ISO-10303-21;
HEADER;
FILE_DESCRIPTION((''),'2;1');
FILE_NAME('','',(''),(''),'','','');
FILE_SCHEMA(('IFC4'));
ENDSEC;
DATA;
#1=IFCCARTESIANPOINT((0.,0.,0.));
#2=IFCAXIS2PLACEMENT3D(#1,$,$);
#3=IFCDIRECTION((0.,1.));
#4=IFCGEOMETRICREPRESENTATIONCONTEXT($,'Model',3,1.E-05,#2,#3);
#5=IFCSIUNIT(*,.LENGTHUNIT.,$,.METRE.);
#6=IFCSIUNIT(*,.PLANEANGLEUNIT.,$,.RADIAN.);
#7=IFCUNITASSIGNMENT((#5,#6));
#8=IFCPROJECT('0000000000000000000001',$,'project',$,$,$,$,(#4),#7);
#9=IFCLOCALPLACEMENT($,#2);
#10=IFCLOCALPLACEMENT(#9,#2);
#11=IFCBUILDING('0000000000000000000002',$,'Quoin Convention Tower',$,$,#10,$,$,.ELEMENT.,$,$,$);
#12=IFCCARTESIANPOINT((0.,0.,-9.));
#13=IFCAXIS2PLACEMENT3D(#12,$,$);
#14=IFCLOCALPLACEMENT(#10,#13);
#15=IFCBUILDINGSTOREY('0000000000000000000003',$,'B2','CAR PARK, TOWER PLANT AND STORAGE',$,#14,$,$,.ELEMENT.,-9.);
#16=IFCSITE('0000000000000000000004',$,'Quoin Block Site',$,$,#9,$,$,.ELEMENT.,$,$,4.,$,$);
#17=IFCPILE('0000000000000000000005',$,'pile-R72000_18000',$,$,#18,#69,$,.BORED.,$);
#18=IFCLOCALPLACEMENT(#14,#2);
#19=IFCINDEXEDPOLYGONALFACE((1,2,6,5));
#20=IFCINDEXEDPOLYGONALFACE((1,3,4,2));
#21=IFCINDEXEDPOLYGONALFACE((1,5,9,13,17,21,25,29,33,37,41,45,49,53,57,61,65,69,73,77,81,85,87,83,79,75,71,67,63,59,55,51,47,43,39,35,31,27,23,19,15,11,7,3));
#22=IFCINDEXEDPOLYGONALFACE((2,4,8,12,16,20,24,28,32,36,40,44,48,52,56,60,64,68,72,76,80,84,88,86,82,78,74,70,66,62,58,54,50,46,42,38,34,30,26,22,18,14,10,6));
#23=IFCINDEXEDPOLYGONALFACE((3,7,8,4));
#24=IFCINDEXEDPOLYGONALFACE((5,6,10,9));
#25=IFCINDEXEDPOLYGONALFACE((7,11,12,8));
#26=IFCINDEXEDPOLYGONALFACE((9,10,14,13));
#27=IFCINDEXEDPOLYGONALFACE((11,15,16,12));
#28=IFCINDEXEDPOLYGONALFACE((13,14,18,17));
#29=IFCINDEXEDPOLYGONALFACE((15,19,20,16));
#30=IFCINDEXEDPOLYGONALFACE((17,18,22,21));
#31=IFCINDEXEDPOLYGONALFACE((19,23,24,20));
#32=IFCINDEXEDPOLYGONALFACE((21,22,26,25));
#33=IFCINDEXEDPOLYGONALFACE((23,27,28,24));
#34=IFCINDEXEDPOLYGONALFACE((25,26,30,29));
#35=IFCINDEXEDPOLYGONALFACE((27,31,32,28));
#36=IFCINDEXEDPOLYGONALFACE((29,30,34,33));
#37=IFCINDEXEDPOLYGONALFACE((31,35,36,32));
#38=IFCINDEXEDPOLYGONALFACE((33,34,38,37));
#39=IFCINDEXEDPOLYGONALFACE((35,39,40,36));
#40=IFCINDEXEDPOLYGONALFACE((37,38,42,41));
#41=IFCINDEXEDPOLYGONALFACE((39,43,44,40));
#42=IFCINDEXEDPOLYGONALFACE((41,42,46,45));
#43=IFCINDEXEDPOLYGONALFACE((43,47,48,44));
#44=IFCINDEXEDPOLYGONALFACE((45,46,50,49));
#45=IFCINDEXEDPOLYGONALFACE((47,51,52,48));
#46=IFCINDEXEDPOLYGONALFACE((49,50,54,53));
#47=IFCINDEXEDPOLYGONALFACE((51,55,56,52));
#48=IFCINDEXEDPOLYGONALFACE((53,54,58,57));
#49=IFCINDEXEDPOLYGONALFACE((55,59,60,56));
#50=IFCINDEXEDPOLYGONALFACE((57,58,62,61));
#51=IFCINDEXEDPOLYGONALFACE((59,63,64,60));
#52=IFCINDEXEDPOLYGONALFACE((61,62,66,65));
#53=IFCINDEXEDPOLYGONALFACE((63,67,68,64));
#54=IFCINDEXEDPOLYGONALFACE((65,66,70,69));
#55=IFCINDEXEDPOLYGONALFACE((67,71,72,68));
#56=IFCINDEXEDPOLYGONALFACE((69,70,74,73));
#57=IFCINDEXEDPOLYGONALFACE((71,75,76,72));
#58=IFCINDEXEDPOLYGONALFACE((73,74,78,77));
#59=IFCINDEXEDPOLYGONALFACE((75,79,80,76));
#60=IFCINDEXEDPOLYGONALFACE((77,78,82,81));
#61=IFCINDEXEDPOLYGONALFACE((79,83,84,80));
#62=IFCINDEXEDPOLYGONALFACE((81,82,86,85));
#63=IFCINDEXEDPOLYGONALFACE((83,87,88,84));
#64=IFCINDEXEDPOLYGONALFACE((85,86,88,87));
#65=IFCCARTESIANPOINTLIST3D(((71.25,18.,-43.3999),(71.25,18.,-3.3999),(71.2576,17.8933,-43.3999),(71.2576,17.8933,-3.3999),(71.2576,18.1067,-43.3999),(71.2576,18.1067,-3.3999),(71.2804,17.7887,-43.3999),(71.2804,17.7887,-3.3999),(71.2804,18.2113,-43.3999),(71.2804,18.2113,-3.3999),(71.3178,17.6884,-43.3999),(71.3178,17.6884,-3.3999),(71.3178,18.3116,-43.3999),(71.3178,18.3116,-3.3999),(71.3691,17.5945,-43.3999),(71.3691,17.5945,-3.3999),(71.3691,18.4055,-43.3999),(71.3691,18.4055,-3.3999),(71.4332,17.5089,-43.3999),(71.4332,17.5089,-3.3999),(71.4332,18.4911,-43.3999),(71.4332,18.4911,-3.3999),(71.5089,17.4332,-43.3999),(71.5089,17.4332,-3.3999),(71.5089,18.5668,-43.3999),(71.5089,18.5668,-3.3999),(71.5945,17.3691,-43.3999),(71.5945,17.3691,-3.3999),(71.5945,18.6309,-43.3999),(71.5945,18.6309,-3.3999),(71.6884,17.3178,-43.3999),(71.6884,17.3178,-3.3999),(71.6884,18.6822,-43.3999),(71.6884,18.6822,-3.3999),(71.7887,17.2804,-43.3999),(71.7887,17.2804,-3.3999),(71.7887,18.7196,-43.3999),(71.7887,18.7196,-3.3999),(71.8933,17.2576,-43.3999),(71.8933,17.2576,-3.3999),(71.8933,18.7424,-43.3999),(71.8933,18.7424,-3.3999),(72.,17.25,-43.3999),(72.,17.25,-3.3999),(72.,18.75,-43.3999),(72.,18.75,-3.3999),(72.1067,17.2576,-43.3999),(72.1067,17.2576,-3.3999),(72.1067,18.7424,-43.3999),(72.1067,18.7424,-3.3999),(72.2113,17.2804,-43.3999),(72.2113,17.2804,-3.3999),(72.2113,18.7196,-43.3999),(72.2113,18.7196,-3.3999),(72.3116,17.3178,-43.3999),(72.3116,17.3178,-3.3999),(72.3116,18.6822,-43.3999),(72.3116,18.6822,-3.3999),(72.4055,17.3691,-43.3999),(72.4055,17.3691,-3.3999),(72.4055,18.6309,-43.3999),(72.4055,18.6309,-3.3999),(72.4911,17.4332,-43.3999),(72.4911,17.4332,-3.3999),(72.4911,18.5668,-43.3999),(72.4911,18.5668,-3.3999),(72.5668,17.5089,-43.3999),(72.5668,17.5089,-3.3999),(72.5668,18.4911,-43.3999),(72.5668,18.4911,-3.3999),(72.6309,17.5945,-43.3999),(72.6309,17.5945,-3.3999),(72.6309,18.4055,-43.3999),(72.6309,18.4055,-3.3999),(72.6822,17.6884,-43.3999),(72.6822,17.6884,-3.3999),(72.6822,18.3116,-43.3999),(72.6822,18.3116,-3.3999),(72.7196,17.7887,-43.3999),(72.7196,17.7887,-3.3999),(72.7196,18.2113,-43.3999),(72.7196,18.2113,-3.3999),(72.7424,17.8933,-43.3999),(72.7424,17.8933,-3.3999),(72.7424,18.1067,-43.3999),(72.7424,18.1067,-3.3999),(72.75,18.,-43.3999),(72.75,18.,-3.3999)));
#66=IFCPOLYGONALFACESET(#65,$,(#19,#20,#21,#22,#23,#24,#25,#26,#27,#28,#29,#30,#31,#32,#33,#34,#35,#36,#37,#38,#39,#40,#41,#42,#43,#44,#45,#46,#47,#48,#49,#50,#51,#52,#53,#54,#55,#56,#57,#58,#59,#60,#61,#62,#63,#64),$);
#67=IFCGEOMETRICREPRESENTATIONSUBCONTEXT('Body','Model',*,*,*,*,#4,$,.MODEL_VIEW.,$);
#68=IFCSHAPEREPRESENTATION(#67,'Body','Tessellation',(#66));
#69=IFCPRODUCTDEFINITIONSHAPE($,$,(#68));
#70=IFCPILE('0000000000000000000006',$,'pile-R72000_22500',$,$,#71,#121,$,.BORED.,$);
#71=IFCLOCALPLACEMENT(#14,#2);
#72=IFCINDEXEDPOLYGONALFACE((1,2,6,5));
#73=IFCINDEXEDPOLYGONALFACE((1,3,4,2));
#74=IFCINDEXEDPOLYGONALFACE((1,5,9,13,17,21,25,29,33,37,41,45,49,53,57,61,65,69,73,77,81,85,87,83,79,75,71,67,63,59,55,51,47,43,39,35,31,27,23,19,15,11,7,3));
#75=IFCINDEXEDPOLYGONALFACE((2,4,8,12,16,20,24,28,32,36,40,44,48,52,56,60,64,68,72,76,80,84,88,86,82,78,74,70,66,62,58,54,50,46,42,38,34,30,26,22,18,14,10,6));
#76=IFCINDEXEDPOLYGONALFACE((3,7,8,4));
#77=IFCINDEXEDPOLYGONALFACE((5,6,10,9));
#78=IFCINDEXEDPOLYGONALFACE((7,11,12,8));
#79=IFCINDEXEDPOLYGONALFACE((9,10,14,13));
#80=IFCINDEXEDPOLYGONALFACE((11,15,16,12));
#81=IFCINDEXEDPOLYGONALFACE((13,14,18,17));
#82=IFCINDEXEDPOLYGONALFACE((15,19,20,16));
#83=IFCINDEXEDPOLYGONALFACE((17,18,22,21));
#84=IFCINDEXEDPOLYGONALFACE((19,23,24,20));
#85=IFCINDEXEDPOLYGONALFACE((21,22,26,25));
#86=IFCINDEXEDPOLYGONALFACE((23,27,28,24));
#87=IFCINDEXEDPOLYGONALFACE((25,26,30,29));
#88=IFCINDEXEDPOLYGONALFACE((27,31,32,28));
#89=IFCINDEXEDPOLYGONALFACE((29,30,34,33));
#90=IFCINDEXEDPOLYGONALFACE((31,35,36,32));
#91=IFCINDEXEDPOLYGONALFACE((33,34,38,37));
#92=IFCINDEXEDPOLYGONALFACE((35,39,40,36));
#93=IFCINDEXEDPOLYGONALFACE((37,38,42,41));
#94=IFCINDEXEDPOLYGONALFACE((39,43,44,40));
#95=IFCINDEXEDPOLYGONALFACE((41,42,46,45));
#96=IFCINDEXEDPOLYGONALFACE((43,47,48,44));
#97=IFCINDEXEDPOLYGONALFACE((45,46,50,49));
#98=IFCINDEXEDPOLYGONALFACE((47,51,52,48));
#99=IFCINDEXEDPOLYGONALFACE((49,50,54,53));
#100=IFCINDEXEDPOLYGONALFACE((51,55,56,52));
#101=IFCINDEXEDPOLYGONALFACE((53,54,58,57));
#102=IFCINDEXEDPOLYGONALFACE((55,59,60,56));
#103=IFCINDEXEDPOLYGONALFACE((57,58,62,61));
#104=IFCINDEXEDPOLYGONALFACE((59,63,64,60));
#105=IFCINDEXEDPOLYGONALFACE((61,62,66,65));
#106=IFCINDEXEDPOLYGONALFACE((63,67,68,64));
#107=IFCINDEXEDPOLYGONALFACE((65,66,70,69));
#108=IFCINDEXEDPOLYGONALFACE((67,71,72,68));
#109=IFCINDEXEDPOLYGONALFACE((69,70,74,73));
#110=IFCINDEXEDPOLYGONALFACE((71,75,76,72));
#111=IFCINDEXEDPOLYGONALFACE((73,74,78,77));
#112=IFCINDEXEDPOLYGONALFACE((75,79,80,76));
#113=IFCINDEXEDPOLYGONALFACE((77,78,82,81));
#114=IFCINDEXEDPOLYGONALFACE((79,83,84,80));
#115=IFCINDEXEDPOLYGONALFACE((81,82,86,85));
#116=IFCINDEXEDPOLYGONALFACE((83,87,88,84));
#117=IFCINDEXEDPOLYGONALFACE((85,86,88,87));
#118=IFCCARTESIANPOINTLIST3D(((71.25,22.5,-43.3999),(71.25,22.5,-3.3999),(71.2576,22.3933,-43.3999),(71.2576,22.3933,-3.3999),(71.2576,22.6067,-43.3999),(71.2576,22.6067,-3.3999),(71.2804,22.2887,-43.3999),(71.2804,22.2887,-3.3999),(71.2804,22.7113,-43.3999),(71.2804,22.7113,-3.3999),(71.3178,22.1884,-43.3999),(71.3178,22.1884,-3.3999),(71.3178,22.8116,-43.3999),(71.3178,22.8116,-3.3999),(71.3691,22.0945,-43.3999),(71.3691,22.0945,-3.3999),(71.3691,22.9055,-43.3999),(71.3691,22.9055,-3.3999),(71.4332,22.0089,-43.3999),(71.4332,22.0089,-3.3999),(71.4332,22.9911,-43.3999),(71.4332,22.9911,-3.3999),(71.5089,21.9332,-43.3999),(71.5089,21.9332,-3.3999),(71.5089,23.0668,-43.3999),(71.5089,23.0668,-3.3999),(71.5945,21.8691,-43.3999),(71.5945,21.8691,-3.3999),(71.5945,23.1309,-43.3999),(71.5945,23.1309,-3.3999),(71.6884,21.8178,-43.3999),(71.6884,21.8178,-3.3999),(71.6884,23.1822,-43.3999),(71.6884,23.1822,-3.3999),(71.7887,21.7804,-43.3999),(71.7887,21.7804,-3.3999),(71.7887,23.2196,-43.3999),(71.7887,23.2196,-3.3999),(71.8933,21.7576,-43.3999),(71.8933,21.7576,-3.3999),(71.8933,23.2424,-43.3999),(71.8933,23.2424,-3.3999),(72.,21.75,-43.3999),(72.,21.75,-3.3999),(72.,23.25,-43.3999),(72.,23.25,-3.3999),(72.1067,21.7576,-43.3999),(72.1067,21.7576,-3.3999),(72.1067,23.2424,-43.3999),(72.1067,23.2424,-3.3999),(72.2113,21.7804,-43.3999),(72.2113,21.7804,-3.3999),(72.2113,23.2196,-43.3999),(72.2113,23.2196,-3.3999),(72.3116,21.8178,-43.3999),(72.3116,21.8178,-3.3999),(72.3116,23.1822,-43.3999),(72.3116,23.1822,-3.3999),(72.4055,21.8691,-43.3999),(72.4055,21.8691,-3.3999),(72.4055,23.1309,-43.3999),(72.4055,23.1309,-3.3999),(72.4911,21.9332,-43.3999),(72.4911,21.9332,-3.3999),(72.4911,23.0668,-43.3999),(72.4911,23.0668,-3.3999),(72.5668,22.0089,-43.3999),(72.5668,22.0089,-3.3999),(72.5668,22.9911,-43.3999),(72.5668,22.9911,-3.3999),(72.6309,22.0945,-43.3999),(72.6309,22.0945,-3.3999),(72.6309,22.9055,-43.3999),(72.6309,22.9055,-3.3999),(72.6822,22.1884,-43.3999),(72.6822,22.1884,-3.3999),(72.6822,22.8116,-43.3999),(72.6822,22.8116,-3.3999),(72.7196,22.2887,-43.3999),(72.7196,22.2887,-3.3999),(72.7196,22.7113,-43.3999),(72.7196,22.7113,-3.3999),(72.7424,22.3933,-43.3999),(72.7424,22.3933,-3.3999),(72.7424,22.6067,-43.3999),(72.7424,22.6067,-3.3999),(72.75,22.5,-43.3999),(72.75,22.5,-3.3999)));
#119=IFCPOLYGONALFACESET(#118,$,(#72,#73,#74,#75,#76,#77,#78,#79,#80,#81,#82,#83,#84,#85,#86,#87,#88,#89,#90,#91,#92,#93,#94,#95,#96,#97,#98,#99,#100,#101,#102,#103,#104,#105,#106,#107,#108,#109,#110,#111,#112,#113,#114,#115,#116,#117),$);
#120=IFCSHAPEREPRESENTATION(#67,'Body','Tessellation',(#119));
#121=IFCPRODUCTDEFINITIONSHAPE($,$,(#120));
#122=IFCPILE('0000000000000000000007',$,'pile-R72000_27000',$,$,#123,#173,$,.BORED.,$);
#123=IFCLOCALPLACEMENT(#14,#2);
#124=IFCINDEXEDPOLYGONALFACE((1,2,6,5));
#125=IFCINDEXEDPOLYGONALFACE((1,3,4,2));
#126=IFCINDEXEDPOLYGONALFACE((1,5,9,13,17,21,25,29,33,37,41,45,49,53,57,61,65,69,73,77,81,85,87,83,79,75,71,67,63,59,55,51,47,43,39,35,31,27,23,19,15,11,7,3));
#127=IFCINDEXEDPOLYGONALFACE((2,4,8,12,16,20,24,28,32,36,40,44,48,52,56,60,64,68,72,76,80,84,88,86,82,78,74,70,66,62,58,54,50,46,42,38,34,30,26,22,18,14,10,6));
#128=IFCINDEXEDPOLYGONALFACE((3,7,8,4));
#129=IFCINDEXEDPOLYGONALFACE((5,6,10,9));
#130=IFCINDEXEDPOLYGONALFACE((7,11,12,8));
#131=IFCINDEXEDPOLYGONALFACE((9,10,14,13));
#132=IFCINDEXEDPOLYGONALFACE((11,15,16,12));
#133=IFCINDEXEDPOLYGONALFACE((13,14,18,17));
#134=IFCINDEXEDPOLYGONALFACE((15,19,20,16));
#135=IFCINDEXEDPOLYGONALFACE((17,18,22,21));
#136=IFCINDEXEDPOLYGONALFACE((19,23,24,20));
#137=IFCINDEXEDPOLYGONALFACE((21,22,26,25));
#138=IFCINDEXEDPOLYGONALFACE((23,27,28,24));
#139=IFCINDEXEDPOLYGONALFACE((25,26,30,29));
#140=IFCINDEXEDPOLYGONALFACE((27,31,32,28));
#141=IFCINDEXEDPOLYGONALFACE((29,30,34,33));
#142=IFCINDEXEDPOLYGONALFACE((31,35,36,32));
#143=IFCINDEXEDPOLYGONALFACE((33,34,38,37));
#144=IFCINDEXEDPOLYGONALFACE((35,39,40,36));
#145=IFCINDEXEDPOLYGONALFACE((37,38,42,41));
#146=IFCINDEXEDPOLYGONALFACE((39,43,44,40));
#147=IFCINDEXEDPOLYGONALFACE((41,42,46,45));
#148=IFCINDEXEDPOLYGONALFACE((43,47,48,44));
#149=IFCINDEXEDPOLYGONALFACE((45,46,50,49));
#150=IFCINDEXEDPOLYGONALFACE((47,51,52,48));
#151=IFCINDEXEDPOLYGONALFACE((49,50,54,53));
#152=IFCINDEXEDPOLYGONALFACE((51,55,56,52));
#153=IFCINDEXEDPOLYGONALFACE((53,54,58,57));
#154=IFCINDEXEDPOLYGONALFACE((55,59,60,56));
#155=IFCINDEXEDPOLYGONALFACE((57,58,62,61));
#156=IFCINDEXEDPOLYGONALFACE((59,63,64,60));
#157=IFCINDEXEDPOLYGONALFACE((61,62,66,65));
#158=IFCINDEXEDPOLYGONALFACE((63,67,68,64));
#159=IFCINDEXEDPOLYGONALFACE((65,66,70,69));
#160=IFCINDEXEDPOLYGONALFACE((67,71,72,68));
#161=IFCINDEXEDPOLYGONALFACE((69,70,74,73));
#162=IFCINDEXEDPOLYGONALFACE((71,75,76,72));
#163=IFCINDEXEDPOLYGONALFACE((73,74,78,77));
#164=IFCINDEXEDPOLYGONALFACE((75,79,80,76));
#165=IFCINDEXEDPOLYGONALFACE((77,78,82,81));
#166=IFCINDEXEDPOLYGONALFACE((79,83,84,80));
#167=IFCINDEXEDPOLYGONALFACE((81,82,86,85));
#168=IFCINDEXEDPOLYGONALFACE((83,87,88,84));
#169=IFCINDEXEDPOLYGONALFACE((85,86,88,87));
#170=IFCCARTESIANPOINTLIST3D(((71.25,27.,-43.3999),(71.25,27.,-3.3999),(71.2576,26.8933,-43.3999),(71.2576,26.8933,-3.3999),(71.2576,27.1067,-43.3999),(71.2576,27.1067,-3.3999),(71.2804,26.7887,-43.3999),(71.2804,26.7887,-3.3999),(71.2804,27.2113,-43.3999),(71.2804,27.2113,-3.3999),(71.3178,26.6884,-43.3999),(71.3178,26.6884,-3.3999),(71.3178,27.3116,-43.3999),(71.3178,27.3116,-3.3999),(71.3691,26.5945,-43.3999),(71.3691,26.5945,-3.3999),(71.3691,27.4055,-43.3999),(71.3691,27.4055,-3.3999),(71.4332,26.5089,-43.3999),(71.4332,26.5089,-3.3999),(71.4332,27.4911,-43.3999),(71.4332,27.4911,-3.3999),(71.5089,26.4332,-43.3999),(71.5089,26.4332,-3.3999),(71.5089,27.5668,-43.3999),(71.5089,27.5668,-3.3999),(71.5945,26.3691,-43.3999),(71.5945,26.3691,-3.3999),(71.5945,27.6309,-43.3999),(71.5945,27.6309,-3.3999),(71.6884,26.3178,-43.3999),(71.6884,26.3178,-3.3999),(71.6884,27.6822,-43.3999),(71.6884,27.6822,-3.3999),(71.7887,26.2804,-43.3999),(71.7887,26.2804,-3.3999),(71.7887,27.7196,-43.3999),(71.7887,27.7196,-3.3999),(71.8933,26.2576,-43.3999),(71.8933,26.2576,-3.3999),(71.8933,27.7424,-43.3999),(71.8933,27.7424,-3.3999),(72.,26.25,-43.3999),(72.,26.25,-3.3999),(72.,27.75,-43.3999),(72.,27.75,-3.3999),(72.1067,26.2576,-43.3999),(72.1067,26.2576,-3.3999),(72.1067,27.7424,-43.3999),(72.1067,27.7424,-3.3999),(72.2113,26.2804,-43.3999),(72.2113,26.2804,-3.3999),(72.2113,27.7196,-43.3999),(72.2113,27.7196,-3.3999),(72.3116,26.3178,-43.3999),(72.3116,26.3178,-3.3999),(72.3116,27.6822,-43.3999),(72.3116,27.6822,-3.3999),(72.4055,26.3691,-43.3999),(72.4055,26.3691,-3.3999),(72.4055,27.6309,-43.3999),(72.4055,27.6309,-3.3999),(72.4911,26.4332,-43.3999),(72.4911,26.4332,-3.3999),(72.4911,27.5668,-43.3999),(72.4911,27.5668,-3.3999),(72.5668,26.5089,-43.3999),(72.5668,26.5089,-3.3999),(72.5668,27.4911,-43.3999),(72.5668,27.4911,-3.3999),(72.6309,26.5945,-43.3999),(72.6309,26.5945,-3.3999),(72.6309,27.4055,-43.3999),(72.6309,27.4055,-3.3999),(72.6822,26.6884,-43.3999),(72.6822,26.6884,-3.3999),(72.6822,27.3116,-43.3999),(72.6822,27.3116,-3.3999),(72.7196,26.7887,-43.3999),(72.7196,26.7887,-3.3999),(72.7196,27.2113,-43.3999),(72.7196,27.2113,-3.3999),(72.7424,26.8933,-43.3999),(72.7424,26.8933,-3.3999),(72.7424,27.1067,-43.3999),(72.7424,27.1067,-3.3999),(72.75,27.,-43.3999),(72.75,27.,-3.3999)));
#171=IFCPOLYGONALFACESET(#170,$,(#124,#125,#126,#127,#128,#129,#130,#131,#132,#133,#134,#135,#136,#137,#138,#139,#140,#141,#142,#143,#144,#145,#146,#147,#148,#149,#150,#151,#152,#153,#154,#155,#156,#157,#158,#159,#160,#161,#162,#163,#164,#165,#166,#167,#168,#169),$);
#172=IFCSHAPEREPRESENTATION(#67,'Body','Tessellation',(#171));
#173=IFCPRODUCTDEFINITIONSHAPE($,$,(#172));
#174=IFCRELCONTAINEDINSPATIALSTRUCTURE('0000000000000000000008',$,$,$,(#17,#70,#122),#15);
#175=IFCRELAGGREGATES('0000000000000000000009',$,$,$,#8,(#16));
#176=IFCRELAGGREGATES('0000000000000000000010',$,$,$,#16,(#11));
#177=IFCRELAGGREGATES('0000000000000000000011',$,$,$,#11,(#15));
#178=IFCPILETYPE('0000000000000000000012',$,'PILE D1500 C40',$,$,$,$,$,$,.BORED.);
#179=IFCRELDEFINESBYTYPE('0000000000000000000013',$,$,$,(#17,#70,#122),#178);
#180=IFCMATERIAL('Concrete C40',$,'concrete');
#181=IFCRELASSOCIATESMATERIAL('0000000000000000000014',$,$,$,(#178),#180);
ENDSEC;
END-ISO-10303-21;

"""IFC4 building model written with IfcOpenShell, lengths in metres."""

from ifc_helpers import new_model, si_unit, direction, frame, origin, origin_2d, place, context, subcontext, project, spatial, circle, extrude, material, material_profile, profile_set, type_object, element, save


model = new_model("IFC4")

# Units and contexts
model_context = context("Model", 3, precision=1e-05, world=origin(), true_north=direction((0.0, 1.0)))
body_context = subcontext(model_context, "Body", "Model", "MODEL_VIEW")
ifc_project = project(units=[si_unit("LENGTHUNIT", "METRE"), si_unit("PLANEANGLEUNIT", "RADIAN")], contexts=[model_context])

# Site, building, storey
site_placement = place(None, origin())
site = spatial("IfcSite", under=ifc_project, at=site_placement, Name="Quoin Block Site", CompositionType="ELEMENT", RefElevation=4.0)
building_placement = place(site_placement, origin())
building = spatial("IfcBuilding", under=site, at=building_placement, Name="Quoin Convention Tower", CompositionType="ELEMENT")
storey_placement = place(building_placement, frame((0.0, 0.0, -9.0)))
storey = spatial("IfcBuildingStorey", under=building, at=storey_placement, Name="B2", Description="CAR PARK, TOWER PLANT AND STORAGE", CompositionType="ELEMENT", Elevation=-9.0)

# Piles
ifc_material_1 = material(Name="Concrete C40", Category="concrete")
ifc_material_profile_1 = material_profile(ifc_material_1, circle(Radius=0.75, at=origin_2d()), Name="D1500")
ifc_profile_set_1 = profile_set([ifc_material_profile_1], Name="Concrete C40")
pile_type = type_object("IfcPileType", Name="PILE D1500 C40", PredefinedType="BORED", material=ifc_profile_set_1)
for number, where, z_axis, x_axis, name in (
    (1, (72.0, 18.0, -3.3999), (0.0, 0.0, -1.0), (1.0, 0.0, 0.0), "pile-R72000_18000"),
    (2, (72.0, 22.5, -3.3999), (0.0, 0.0, -1.0), (1.0, 0.0, 0.0), "pile-R72000_22500"),
    (3, (72.0, 27.0, -3.3999), (0.0, 0.0, -1.0), (1.0, 0.0, 0.0), "pile-R72000_27000"),
):
    element("IfcPile", number, at=place(storey_placement, frame(where, z_axis=z_axis, x_axis=x_axis)), inside=storey, type_object=pile_type, Name=name, PredefinedType="BORED", context=body_context, shape_type="SweptSolid", body=[
        extrude(circle(Radius=0.75, at=origin_2d()), origin(), (0.0, 0.0, 1.0), 40.0),
    ])

save(model, "model.ifc")
